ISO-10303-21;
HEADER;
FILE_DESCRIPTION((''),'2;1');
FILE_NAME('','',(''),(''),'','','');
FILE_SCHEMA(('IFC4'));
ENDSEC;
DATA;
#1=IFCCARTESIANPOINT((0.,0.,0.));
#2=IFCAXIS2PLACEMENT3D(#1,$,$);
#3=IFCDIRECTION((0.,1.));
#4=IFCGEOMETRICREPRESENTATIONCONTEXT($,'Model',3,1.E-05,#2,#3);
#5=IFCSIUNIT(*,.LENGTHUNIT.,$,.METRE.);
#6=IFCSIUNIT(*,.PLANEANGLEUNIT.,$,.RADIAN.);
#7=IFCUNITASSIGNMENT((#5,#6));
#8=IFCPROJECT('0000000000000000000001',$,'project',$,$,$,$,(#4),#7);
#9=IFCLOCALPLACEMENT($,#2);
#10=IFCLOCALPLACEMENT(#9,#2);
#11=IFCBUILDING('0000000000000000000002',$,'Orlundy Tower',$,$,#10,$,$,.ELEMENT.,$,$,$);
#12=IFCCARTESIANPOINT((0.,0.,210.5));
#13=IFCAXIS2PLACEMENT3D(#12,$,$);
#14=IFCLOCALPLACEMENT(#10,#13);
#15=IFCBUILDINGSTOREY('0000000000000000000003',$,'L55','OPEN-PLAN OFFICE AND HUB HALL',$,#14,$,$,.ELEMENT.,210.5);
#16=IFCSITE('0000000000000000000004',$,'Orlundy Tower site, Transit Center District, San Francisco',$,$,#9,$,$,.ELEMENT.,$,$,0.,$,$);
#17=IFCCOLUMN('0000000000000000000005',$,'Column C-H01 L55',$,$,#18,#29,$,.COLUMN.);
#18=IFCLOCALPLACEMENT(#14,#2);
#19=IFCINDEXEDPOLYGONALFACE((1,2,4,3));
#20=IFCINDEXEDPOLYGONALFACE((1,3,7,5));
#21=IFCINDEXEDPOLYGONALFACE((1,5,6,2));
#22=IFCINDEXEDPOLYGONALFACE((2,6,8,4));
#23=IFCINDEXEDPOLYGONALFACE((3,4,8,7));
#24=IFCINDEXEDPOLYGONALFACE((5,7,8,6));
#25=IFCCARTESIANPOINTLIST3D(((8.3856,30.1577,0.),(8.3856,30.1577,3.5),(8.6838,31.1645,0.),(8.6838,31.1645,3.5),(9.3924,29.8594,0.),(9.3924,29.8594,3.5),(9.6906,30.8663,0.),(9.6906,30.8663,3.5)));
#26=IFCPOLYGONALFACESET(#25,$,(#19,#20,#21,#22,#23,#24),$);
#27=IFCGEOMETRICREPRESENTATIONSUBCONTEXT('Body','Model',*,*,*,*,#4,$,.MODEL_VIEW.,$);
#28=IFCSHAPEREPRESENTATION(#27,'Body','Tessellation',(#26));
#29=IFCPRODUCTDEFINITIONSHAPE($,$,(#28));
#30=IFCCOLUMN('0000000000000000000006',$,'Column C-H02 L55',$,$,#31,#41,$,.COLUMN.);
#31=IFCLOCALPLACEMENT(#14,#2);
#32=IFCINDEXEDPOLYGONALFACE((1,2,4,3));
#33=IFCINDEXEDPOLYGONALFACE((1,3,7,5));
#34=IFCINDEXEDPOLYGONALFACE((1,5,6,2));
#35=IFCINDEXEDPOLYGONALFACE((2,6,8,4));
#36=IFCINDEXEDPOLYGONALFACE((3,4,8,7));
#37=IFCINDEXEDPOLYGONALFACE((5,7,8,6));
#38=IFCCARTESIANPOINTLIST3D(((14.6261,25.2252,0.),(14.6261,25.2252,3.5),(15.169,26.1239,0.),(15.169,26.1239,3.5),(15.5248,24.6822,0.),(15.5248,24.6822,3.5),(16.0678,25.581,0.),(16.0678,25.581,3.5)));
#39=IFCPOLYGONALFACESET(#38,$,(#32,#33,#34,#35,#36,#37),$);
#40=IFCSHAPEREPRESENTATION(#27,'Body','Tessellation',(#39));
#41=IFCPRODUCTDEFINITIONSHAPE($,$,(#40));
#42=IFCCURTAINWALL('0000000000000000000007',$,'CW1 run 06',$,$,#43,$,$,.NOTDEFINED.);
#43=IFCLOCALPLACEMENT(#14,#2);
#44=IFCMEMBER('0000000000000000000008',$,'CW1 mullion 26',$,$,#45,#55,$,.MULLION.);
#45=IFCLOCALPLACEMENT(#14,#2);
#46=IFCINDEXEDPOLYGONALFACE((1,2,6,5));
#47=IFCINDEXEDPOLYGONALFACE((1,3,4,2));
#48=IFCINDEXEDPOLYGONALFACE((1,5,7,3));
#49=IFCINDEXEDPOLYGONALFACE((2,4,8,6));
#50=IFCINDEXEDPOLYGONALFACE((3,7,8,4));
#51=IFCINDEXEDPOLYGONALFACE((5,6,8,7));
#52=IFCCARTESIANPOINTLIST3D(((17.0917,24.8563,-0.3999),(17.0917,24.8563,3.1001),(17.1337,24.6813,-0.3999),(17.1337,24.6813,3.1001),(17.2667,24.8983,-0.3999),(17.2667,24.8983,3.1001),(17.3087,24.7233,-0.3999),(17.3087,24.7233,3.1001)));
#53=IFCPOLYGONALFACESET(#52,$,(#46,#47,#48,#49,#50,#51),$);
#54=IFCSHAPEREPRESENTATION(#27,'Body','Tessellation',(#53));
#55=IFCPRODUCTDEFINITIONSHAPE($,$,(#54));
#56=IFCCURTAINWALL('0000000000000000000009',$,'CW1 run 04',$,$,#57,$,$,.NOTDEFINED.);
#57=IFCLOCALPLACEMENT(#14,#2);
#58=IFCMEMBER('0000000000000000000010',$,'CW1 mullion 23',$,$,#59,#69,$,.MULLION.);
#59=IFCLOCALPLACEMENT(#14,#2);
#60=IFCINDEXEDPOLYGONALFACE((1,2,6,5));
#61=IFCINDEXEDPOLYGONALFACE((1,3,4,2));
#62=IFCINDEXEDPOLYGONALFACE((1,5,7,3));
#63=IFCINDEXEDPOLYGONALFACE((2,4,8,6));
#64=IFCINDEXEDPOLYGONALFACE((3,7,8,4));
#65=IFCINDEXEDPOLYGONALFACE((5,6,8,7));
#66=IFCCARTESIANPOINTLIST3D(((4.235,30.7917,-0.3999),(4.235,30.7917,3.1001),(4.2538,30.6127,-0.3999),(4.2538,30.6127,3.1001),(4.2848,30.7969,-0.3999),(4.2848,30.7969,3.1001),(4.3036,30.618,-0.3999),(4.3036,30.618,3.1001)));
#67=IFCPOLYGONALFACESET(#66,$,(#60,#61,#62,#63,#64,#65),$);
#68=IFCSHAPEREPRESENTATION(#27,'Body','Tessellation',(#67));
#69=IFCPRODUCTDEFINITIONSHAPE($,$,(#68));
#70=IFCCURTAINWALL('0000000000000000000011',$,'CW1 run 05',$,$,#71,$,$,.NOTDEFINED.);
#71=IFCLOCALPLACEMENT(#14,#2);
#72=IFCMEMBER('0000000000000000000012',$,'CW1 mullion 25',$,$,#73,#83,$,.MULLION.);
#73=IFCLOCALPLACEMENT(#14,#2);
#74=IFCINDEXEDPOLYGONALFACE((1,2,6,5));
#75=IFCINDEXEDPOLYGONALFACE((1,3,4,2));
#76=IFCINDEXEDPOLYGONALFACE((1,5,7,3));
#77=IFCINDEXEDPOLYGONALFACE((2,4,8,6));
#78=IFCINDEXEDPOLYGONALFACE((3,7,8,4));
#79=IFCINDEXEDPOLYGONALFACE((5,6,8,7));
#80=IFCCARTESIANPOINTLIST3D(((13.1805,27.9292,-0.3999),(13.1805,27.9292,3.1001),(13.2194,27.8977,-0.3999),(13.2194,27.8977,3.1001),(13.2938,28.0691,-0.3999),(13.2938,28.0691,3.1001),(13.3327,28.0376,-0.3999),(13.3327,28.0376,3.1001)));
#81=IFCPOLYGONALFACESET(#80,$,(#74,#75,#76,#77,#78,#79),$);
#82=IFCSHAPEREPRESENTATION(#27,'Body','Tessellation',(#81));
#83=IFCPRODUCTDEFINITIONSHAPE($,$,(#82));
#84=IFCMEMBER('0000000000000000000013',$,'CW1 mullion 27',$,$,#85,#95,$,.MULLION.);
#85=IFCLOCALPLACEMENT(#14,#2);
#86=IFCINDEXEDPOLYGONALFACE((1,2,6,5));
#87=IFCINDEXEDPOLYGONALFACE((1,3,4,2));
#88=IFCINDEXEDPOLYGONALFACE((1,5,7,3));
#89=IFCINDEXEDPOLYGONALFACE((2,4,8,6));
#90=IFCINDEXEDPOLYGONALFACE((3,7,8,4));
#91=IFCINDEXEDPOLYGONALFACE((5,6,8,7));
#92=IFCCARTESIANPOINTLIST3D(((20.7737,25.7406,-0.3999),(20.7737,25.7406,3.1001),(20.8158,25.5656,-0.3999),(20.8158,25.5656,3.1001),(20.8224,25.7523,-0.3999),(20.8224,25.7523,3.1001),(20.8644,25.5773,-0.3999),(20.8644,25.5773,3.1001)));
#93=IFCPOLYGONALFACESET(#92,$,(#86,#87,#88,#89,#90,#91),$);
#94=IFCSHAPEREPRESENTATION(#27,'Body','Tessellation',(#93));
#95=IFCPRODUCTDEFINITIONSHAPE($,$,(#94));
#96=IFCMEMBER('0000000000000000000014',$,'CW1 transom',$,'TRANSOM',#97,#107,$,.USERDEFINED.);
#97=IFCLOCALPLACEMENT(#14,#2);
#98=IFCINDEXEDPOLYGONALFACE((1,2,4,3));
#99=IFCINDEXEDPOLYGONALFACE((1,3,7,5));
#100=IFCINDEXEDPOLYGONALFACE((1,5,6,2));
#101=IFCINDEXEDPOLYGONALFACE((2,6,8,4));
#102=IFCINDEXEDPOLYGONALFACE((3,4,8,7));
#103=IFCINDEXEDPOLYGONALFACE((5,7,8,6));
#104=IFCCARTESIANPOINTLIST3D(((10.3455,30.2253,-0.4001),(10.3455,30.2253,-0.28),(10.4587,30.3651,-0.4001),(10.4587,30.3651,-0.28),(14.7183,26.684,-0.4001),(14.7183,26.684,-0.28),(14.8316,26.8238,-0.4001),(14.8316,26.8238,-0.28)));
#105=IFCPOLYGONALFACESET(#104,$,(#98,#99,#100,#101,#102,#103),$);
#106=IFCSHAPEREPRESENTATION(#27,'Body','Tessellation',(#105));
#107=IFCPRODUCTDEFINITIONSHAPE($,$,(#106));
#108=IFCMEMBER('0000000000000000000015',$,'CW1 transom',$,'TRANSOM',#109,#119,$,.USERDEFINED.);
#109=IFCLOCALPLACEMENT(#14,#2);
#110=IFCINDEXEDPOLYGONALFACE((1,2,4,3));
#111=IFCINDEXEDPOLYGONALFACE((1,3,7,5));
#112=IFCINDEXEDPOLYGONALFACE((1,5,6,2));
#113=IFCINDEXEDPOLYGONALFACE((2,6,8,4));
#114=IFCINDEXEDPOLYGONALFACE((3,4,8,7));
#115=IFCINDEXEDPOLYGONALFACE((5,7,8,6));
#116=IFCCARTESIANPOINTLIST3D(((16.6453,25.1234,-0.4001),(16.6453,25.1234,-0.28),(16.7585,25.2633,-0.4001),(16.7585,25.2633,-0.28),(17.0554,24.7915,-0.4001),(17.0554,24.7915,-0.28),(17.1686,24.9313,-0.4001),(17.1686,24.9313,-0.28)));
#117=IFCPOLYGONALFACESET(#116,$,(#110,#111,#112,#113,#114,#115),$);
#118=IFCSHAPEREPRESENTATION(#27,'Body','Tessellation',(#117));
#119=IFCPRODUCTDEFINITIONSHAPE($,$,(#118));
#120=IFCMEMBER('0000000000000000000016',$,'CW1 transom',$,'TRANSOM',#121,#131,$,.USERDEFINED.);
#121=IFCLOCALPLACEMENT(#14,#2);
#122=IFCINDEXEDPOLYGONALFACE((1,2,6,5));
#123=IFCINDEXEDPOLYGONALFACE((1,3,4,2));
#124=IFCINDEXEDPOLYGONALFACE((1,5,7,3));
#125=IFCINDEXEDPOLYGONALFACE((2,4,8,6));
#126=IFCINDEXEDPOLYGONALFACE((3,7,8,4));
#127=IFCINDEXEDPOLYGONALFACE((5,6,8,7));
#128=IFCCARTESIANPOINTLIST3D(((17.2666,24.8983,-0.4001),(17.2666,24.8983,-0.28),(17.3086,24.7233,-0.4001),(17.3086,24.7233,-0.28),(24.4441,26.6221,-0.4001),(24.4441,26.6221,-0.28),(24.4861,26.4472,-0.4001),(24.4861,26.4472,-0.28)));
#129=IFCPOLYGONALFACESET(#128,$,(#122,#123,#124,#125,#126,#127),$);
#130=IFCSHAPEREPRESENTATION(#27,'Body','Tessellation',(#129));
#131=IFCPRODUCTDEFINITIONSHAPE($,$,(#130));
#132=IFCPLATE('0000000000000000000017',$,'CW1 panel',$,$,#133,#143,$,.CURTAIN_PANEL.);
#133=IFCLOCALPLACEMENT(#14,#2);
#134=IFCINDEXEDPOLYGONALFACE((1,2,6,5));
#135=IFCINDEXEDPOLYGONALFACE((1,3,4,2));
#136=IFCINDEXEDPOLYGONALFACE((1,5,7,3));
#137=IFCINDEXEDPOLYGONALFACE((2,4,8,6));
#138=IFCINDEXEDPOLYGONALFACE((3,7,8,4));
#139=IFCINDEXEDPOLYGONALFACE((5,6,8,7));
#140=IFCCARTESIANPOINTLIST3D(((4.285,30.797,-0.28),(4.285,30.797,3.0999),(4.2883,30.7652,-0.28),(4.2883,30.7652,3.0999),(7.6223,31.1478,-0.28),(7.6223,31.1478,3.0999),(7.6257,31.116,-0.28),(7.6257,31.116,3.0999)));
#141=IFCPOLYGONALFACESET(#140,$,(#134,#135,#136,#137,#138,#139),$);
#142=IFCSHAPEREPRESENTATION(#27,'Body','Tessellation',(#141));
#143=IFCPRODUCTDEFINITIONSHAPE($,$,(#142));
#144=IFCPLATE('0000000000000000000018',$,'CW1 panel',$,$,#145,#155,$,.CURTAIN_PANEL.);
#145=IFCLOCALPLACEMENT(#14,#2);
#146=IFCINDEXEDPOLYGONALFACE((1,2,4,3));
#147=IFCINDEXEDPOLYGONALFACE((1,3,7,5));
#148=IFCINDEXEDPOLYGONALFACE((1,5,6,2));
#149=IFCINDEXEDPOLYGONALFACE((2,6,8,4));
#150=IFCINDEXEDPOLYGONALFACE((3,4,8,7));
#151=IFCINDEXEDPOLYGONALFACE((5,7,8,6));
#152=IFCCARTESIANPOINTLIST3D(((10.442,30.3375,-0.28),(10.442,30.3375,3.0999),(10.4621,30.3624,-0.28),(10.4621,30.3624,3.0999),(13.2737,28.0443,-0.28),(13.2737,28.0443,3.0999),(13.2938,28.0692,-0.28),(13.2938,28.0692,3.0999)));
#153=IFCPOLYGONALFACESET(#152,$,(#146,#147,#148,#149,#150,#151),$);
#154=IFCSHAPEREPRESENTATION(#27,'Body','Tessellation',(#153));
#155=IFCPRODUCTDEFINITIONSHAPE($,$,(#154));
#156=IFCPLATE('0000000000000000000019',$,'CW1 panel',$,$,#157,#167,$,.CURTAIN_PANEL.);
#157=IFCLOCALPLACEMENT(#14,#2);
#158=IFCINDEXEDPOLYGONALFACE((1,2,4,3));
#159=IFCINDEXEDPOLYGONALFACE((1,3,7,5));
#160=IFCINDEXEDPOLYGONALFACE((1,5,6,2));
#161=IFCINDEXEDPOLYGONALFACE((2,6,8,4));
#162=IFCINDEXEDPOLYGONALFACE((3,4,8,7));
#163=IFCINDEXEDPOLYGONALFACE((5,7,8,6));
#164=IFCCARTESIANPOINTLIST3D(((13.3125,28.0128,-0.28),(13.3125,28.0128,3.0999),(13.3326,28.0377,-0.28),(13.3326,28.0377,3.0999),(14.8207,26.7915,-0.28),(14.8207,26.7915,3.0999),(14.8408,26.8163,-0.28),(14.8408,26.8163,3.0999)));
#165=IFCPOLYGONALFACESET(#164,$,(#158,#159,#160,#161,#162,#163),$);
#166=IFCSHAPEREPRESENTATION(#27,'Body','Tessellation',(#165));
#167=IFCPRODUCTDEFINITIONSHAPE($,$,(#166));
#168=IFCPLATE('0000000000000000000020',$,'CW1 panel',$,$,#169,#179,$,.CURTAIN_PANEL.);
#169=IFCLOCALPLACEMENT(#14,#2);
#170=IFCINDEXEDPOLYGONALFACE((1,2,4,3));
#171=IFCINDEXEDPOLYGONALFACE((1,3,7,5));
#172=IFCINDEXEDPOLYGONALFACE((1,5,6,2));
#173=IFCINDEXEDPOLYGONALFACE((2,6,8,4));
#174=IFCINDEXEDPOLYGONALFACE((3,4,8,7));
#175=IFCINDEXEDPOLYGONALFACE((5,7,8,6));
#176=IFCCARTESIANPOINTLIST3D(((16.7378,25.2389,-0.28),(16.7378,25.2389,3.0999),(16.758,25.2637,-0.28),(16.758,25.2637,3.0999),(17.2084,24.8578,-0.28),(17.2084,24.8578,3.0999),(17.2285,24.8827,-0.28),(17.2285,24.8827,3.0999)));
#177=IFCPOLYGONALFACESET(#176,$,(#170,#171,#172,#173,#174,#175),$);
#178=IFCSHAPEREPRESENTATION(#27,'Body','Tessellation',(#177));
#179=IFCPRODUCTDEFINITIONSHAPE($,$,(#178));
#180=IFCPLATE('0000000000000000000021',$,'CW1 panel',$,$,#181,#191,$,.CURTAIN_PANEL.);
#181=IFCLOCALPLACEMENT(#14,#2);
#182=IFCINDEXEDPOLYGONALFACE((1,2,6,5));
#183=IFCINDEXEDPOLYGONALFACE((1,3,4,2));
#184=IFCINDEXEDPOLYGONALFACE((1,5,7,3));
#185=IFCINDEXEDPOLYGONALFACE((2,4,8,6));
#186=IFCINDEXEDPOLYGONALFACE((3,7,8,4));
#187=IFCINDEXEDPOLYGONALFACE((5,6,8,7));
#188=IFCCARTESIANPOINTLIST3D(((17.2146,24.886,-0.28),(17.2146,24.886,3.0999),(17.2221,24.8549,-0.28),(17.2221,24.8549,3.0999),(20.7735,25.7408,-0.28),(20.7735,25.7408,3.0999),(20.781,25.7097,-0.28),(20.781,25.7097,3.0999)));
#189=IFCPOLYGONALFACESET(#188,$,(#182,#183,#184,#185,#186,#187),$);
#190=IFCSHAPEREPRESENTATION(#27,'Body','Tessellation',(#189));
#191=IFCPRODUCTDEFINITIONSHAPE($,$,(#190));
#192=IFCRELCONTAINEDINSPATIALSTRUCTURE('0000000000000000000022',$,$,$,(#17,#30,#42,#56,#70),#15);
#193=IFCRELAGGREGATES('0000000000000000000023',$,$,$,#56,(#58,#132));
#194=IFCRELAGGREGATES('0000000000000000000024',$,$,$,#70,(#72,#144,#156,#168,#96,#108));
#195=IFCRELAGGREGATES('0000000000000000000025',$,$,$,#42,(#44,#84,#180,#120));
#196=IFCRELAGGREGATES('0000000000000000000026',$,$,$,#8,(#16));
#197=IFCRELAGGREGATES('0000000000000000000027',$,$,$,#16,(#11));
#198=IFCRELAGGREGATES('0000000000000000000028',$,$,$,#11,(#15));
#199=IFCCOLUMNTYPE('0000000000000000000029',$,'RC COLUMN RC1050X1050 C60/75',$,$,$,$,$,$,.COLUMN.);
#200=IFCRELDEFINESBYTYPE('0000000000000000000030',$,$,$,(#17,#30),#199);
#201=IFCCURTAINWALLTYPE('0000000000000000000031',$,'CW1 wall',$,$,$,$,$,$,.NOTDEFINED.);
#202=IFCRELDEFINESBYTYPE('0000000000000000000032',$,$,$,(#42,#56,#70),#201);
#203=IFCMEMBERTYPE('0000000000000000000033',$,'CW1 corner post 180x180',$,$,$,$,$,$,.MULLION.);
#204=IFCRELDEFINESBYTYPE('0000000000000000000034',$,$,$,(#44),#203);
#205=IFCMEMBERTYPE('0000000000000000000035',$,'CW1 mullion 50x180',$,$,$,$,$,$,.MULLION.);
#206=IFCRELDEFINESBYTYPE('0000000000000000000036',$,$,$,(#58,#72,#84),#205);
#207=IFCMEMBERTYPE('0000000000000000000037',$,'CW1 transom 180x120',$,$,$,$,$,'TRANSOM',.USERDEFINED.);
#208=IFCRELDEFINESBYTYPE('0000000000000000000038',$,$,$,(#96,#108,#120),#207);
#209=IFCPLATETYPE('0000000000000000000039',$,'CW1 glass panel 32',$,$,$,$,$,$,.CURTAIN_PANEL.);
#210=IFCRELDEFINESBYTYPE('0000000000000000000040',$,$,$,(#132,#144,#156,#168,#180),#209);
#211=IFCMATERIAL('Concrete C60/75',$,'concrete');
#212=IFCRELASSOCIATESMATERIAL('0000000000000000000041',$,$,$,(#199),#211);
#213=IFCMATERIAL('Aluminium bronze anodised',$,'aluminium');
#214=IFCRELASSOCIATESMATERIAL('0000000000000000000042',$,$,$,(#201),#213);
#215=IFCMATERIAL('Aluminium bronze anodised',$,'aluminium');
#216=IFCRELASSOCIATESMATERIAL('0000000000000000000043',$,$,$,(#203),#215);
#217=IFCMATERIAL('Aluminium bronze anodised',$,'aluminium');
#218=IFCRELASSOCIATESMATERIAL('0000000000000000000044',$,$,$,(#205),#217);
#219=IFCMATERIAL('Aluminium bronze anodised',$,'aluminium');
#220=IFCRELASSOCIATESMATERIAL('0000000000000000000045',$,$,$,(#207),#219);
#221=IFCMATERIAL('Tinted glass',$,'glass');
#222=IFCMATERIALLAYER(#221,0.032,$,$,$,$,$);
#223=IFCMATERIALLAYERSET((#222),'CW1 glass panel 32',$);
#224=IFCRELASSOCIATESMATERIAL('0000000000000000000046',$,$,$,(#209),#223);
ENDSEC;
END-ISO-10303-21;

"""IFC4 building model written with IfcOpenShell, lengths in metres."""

from ifc_helpers import new_model, si_unit, direction, frame, origin, origin_2d, place, context, subcontext, project, spatial, rectangle, extrude, material, layer, layer_set, material_profile, profile_set, type_object, element, aggregate, save


model = new_model("IFC4")

# Units and contexts
model_context = context("Model", 3, precision=1e-05, world=origin(), true_north=direction((0.0, 1.0)))
body_context = subcontext(model_context, "Body", "Model", "MODEL_VIEW")
ifc_project = project(units=[si_unit("LENGTHUNIT", "METRE"), si_unit("PLANEANGLEUNIT", "RADIAN")], contexts=[model_context])

# Site, building, storey
site_placement = place(None, origin())
site = spatial("IfcSite", under=ifc_project, at=site_placement, Name="Orlundy Tower site, Transit Center District, San Francisco", CompositionType="ELEMENT", RefElevation=0.0)
building_placement = place(site_placement, origin())
building = spatial("IfcBuilding", under=site, at=building_placement, Name="Orlundy Tower", CompositionType="ELEMENT")
storey_placement = place(building_placement, frame((0.0, 0.0, 210.5)))
storey = spatial("IfcBuildingStorey", under=building, at=storey_placement, Name="L55", Description="OPEN-PLAN OFFICE AND HUB HALL", CompositionType="ELEMENT", Elevation=210.5)

# Columns
ifc_material_1 = material(Name="Concrete C60/75", Category="concrete")
ifc_material_profile_1 = material_profile(ifc_material_1, rectangle(XDim=1.05, YDim=1.05, at=origin_2d()), Name="RC1050X1050")
ifc_profile_set_1 = profile_set([ifc_material_profile_1], Name="Concrete C60/75")
column_type = type_object("IfcColumnType", Name="RC COLUMN RC1050X1050 C60/75", PredefinedType="COLUMN", material=ifc_profile_set_1)
for number, where, z_axis, x_axis, name in (
    (1, (9.0381, 30.512, 0.0), (0.0, 0.0, 1.0), (0.284015, 0.95882, 0.0), "Column C-H01 L55"),
    (2, (15.3469, 25.4031, 0.0), (0.0, 0.0, 1.0), (0.517101, 0.855924, 0.0), "Column C-H02 L55"),
):
    element("IfcColumn", number, at=place(storey_placement, frame(where, z_axis=z_axis, x_axis=x_axis)), inside=storey, type_object=column_type, Name=name, PredefinedType="COLUMN", context=body_context, shape_type="SweptSolid", body=[
        extrude(rectangle(XDim=1.05, YDim=1.05, at=origin_2d()), origin(), (0.0, 0.0, 1.0), 3.5),
    ])

# Curtain walls, members
ifc_material_2 = material(Name="Aluminium bronze anodised", Category="aluminium")
curtain_wall_type = type_object("IfcCurtainWallType", Name="CW1 wall", PredefinedType="NOTDEFINED", material=ifc_material_2)
curtain_wall_1_placement = place(storey_placement, origin())
curtain_wall_1 = element("IfcCurtainWall", 3, at=curtain_wall_1_placement, inside=storey, type_object=curtain_wall_type, Name="CW1 run 06", PredefinedType="NOTDEFINED")
ifc_material_3 = material(Name="Aluminium bronze anodised", Category="aluminium")
ifc_material_profile_2 = material_profile(ifc_material_3, rectangle(XDim=0.1799, YDim=0.1799, at=origin_2d()), Name="CW1 corner post 180x180")
ifc_profile_set_2 = profile_set([ifc_material_profile_2], Name="Aluminium bronze anodised")
member_type_1 = type_object("IfcMemberType", Name="CW1 corner post 180x180", PredefinedType="MULLION", material=ifc_profile_set_2)
member_1_placement = place(storey_placement, frame((17.2002, 24.7898, -0.3999), z_axis=(0.0, 0.0, 1.0), x_axis=(-0.233529, 0.97235, 0.0)))
member_1 = element("IfcMember", 4, at=member_1_placement, type_object=member_type_1, Name="CW1 mullion 26", PredefinedType="MULLION", context=body_context, shape_type="SweptSolid", body=[
    extrude(rectangle(XDim=0.1799, YDim=0.1799, at=origin_2d()), origin(), (0.0, 0.0, 1.0), 3.5),
])
curtain_wall_2_placement = place(storey_placement, origin())
curtain_wall_2 = element("IfcCurtainWall", 5, at=curtain_wall_2_placement, inside=storey, type_object=curtain_wall_type, Name="CW1 run 04", PredefinedType="NOTDEFINED")
ifc_material_4 = material(Name="Aluminium bronze anodised", Category="aluminium")
ifc_material_profile_3 = material_profile(ifc_material_4, rectangle(XDim=0.1799, YDim=0.05, at=origin_2d()), Name="CW1 mullion 50x180")
ifc_profile_set_3 = profile_set([ifc_material_profile_3], Name="Aluminium bronze anodised")
member_type_2 = type_object("IfcMemberType", Name="CW1 mullion 50x180", PredefinedType="MULLION", material=ifc_profile_set_3)
member_2_placement = place(storey_placement, frame((4.2693, 30.7048, -0.3999), z_axis=(0.0, 0.0, 1.0), x_axis=(-0.104538, 0.994521, 0.0)))
member_2 = element("IfcMember", 6, at=member_2_placement, type_object=member_type_2, Name="CW1 mullion 23", PredefinedType="MULLION", context=body_context, shape_type="SweptSolid", body=[
    extrude(rectangle(XDim=0.1799, YDim=0.05, at=origin_2d()), origin(), (0.0, 0.0, 1.0), 3.5),
])
curtain_wall_3_placement = place(storey_placement, origin())
curtain_wall_3 = element("IfcCurtainWall", 7, at=curtain_wall_3_placement, inside=storey, type_object=curtain_wall_type, Name="CW1 run 05", PredefinedType="NOTDEFINED")
member_3_placement = place(storey_placement, frame((13.2566, 27.9834, -0.3999), z_axis=(0.0, 0.0, 1.0), x_axis=(0.629342, 0.777129, 0.0)))
member_3 = element("IfcMember", 8, at=member_3_placement, type_object=member_type_2, Name="CW1 mullion 25", PredefinedType="MULLION", context=body_context, shape_type="SweptSolid", body=[
    extrude(rectangle(XDim=0.1799, YDim=0.05, at=origin_2d()), origin(), (0.0, 0.0, 1.0), 3.5),
])

# Members
member_4_placement = place(storey_placement, frame((20.8191, 25.6589, -0.3999), z_axis=(0.0, 0.0, 1.0), x_axis=(-0.233529, 0.97235, 0.0)))
member_4 = element("IfcMember", 9, at=member_4_placement, type_object=member_type_2, Name="CW1 mullion 27", PredefinedType="MULLION", context=body_context, shape_type="SweptSolid", body=[
    extrude(rectangle(XDim=0.1799, YDim=0.05, at=origin_2d()), origin(), (0.0, 0.0, 1.0), 3.5),
])
ifc_material_5 = material(Name="Aluminium bronze anodised", Category="aluminium")
ifc_material_profile_4 = material_profile(ifc_material_5, rectangle(XDim=0.1799, YDim=0.1201, at=origin_2d()), Name="CW1 transom 180x120")
ifc_profile_set_4 = profile_set([ifc_material_profile_4], Name="Aluminium bronze anodised")
member_type_3 = type_object("IfcMemberType", Name="CW1 transom 180x120", ElementType="TRANSOM", PredefinedType="USERDEFINED", material=ifc_profile_set_4)
member_5_placement = place(storey_placement, frame((10.4021, 30.2952, -0.3401), z_axis=(0.777126, -0.629345, 0.0), x_axis=(0.629345, 0.777126, 0.0)))
member_5 = element("IfcMember", 10, at=member_5_placement, type_object=member_type_3, Name="CW1 transom", ObjectType="TRANSOM", PredefinedType="USERDEFINED", context=body_context, shape_type="SweptSolid", body=[
    extrude(rectangle(XDim=0.1799, YDim=0.1201, at=origin_2d()), origin(), (0.0, 0.0, 1.0), 5.627),
])
member_6_placement = place(storey_placement, frame((16.7019, 25.1934, -0.3401), z_axis=(0.777245, -0.629198, 0.0), x_axis=(0.629198, 0.777245, 0.0)))
member_6 = element("IfcMember", 11, at=member_6_placement, type_object=member_type_3, Name="CW1 transom", ObjectType="TRANSOM", PredefinedType="USERDEFINED", context=body_context, shape_type="SweptSolid", body=[
    extrude(rectangle(XDim=0.1799, YDim=0.1201, at=origin_2d()), origin(), (0.0, 0.0, 1.0), 0.5276),
])
member_7_placement = place(storey_placement, frame((17.2876, 24.8108, -0.3401), z_axis=(0.972348, 0.233537, 0.0), x_axis=(-0.233537, 0.972348, 0.0)))
member_7 = element("IfcMember", 12, at=member_7_placement, type_object=member_type_3, Name="CW1 transom", ObjectType="TRANSOM", PredefinedType="USERDEFINED", context=body_context, shape_type="SweptSolid", body=[
    extrude(rectangle(XDim=0.1799, YDim=0.1201, at=origin_2d()), origin(), (0.0, 0.0, 1.0), 7.3816),
])

# Plates
ifc_material_6 = material(Name="Tinted glass", Category="glass")
ifc_layer_1 = layer(ifc_material_6, 0.032)
ifc_layer_set_1 = layer_set([ifc_layer_1], Name="CW1 glass panel 32")
plate_type = type_object("IfcPlateType", Name="CW1 glass panel 32", PredefinedType="CURTAIN_PANEL", material=ifc_layer_set_1)
plate_1_placement = place(storey_placement, frame((5.9553, 30.9565, -0.28), z_axis=(0.0, 0.0, 1.0), x_axis=(0.994521, 0.104538, 0.0)))
plate_1 = element("IfcPlate", 13, at=plate_1_placement, type_object=plate_type, Name="CW1 panel", PredefinedType="CURTAIN_PANEL", context=body_context, shape_type="SweptSolid", body=[
    extrude(rectangle(XDim=3.3557, YDim=0.032, at=origin_2d()), origin(), (0.0, 0.0, 1.0), 3.3799),
])
aggregate(curtain_wall_2, [member_2, plate_1])
plate_2_placement = place(storey_placement, frame((11.8679, 29.2034, -0.28), z_axis=(0.0, 0.0, 1.0), x_axis=(0.777129, -0.629342, 0.0)))
plate_2 = element("IfcPlate", 14, at=plate_2_placement, type_object=plate_type, Name="CW1 panel", PredefinedType="CURTAIN_PANEL", context=body_context, shape_type="SweptSolid", body=[
    extrude(rectangle(XDim=3.6438, YDim=0.032, at=origin_2d()), origin(), (0.0, 0.0, 1.0), 3.3799),
])
plate_3_placement = place(storey_placement, frame((14.0767, 27.4146, -0.28), z_axis=(0.0, 0.0, 1.0), x_axis=(0.777129, -0.629342, 0.0)))
plate_3 = element("IfcPlate", 15, at=plate_3_placement, type_object=plate_type, Name="CW1 panel", PredefinedType="CURTAIN_PANEL", context=body_context, shape_type="SweptSolid", body=[
    extrude(rectangle(XDim=1.9407, YDim=0.032, at=origin_2d()), origin(), (0.0, 0.0, 1.0), 3.3799),
])
plate_4_placement = place(storey_placement, frame((16.9832, 25.0608, -0.28), z_axis=(0.0, 0.0, 1.0), x_axis=(0.777129, -0.629342, 0.0)))
plate_4 = element("IfcPlate", 16, at=plate_4_placement, type_object=plate_type, Name="CW1 panel", PredefinedType="CURTAIN_PANEL", context=body_context, shape_type="SweptSolid", body=[
    extrude(rectangle(XDim=0.6055, YDim=0.032, at=origin_2d()), origin(), (0.0, 0.0, 1.0), 3.3799),
])
aggregate(curtain_wall_3, [member_3, plate_2, plate_3, plate_4, member_5, member_6])
plate_5_placement = place(storey_placement, frame((18.9978, 25.2979, -0.28), z_axis=(0.0, 0.0, 1.0), x_axis=(0.97235, 0.233529, 0.0)))
plate_5 = element("IfcPlate", 17, at=plate_5_placement, type_object=plate_type, Name="CW1 panel", PredefinedType="CURTAIN_PANEL", context=body_context, shape_type="SweptSolid", body=[
    extrude(rectangle(XDim=3.6602, YDim=0.032, at=origin_2d()), origin(), (0.0, 0.0, 1.0), 3.3799),
])
aggregate(curtain_wall_1, [member_1, member_4, plate_5, member_7])

save(model, "model.ifc")
